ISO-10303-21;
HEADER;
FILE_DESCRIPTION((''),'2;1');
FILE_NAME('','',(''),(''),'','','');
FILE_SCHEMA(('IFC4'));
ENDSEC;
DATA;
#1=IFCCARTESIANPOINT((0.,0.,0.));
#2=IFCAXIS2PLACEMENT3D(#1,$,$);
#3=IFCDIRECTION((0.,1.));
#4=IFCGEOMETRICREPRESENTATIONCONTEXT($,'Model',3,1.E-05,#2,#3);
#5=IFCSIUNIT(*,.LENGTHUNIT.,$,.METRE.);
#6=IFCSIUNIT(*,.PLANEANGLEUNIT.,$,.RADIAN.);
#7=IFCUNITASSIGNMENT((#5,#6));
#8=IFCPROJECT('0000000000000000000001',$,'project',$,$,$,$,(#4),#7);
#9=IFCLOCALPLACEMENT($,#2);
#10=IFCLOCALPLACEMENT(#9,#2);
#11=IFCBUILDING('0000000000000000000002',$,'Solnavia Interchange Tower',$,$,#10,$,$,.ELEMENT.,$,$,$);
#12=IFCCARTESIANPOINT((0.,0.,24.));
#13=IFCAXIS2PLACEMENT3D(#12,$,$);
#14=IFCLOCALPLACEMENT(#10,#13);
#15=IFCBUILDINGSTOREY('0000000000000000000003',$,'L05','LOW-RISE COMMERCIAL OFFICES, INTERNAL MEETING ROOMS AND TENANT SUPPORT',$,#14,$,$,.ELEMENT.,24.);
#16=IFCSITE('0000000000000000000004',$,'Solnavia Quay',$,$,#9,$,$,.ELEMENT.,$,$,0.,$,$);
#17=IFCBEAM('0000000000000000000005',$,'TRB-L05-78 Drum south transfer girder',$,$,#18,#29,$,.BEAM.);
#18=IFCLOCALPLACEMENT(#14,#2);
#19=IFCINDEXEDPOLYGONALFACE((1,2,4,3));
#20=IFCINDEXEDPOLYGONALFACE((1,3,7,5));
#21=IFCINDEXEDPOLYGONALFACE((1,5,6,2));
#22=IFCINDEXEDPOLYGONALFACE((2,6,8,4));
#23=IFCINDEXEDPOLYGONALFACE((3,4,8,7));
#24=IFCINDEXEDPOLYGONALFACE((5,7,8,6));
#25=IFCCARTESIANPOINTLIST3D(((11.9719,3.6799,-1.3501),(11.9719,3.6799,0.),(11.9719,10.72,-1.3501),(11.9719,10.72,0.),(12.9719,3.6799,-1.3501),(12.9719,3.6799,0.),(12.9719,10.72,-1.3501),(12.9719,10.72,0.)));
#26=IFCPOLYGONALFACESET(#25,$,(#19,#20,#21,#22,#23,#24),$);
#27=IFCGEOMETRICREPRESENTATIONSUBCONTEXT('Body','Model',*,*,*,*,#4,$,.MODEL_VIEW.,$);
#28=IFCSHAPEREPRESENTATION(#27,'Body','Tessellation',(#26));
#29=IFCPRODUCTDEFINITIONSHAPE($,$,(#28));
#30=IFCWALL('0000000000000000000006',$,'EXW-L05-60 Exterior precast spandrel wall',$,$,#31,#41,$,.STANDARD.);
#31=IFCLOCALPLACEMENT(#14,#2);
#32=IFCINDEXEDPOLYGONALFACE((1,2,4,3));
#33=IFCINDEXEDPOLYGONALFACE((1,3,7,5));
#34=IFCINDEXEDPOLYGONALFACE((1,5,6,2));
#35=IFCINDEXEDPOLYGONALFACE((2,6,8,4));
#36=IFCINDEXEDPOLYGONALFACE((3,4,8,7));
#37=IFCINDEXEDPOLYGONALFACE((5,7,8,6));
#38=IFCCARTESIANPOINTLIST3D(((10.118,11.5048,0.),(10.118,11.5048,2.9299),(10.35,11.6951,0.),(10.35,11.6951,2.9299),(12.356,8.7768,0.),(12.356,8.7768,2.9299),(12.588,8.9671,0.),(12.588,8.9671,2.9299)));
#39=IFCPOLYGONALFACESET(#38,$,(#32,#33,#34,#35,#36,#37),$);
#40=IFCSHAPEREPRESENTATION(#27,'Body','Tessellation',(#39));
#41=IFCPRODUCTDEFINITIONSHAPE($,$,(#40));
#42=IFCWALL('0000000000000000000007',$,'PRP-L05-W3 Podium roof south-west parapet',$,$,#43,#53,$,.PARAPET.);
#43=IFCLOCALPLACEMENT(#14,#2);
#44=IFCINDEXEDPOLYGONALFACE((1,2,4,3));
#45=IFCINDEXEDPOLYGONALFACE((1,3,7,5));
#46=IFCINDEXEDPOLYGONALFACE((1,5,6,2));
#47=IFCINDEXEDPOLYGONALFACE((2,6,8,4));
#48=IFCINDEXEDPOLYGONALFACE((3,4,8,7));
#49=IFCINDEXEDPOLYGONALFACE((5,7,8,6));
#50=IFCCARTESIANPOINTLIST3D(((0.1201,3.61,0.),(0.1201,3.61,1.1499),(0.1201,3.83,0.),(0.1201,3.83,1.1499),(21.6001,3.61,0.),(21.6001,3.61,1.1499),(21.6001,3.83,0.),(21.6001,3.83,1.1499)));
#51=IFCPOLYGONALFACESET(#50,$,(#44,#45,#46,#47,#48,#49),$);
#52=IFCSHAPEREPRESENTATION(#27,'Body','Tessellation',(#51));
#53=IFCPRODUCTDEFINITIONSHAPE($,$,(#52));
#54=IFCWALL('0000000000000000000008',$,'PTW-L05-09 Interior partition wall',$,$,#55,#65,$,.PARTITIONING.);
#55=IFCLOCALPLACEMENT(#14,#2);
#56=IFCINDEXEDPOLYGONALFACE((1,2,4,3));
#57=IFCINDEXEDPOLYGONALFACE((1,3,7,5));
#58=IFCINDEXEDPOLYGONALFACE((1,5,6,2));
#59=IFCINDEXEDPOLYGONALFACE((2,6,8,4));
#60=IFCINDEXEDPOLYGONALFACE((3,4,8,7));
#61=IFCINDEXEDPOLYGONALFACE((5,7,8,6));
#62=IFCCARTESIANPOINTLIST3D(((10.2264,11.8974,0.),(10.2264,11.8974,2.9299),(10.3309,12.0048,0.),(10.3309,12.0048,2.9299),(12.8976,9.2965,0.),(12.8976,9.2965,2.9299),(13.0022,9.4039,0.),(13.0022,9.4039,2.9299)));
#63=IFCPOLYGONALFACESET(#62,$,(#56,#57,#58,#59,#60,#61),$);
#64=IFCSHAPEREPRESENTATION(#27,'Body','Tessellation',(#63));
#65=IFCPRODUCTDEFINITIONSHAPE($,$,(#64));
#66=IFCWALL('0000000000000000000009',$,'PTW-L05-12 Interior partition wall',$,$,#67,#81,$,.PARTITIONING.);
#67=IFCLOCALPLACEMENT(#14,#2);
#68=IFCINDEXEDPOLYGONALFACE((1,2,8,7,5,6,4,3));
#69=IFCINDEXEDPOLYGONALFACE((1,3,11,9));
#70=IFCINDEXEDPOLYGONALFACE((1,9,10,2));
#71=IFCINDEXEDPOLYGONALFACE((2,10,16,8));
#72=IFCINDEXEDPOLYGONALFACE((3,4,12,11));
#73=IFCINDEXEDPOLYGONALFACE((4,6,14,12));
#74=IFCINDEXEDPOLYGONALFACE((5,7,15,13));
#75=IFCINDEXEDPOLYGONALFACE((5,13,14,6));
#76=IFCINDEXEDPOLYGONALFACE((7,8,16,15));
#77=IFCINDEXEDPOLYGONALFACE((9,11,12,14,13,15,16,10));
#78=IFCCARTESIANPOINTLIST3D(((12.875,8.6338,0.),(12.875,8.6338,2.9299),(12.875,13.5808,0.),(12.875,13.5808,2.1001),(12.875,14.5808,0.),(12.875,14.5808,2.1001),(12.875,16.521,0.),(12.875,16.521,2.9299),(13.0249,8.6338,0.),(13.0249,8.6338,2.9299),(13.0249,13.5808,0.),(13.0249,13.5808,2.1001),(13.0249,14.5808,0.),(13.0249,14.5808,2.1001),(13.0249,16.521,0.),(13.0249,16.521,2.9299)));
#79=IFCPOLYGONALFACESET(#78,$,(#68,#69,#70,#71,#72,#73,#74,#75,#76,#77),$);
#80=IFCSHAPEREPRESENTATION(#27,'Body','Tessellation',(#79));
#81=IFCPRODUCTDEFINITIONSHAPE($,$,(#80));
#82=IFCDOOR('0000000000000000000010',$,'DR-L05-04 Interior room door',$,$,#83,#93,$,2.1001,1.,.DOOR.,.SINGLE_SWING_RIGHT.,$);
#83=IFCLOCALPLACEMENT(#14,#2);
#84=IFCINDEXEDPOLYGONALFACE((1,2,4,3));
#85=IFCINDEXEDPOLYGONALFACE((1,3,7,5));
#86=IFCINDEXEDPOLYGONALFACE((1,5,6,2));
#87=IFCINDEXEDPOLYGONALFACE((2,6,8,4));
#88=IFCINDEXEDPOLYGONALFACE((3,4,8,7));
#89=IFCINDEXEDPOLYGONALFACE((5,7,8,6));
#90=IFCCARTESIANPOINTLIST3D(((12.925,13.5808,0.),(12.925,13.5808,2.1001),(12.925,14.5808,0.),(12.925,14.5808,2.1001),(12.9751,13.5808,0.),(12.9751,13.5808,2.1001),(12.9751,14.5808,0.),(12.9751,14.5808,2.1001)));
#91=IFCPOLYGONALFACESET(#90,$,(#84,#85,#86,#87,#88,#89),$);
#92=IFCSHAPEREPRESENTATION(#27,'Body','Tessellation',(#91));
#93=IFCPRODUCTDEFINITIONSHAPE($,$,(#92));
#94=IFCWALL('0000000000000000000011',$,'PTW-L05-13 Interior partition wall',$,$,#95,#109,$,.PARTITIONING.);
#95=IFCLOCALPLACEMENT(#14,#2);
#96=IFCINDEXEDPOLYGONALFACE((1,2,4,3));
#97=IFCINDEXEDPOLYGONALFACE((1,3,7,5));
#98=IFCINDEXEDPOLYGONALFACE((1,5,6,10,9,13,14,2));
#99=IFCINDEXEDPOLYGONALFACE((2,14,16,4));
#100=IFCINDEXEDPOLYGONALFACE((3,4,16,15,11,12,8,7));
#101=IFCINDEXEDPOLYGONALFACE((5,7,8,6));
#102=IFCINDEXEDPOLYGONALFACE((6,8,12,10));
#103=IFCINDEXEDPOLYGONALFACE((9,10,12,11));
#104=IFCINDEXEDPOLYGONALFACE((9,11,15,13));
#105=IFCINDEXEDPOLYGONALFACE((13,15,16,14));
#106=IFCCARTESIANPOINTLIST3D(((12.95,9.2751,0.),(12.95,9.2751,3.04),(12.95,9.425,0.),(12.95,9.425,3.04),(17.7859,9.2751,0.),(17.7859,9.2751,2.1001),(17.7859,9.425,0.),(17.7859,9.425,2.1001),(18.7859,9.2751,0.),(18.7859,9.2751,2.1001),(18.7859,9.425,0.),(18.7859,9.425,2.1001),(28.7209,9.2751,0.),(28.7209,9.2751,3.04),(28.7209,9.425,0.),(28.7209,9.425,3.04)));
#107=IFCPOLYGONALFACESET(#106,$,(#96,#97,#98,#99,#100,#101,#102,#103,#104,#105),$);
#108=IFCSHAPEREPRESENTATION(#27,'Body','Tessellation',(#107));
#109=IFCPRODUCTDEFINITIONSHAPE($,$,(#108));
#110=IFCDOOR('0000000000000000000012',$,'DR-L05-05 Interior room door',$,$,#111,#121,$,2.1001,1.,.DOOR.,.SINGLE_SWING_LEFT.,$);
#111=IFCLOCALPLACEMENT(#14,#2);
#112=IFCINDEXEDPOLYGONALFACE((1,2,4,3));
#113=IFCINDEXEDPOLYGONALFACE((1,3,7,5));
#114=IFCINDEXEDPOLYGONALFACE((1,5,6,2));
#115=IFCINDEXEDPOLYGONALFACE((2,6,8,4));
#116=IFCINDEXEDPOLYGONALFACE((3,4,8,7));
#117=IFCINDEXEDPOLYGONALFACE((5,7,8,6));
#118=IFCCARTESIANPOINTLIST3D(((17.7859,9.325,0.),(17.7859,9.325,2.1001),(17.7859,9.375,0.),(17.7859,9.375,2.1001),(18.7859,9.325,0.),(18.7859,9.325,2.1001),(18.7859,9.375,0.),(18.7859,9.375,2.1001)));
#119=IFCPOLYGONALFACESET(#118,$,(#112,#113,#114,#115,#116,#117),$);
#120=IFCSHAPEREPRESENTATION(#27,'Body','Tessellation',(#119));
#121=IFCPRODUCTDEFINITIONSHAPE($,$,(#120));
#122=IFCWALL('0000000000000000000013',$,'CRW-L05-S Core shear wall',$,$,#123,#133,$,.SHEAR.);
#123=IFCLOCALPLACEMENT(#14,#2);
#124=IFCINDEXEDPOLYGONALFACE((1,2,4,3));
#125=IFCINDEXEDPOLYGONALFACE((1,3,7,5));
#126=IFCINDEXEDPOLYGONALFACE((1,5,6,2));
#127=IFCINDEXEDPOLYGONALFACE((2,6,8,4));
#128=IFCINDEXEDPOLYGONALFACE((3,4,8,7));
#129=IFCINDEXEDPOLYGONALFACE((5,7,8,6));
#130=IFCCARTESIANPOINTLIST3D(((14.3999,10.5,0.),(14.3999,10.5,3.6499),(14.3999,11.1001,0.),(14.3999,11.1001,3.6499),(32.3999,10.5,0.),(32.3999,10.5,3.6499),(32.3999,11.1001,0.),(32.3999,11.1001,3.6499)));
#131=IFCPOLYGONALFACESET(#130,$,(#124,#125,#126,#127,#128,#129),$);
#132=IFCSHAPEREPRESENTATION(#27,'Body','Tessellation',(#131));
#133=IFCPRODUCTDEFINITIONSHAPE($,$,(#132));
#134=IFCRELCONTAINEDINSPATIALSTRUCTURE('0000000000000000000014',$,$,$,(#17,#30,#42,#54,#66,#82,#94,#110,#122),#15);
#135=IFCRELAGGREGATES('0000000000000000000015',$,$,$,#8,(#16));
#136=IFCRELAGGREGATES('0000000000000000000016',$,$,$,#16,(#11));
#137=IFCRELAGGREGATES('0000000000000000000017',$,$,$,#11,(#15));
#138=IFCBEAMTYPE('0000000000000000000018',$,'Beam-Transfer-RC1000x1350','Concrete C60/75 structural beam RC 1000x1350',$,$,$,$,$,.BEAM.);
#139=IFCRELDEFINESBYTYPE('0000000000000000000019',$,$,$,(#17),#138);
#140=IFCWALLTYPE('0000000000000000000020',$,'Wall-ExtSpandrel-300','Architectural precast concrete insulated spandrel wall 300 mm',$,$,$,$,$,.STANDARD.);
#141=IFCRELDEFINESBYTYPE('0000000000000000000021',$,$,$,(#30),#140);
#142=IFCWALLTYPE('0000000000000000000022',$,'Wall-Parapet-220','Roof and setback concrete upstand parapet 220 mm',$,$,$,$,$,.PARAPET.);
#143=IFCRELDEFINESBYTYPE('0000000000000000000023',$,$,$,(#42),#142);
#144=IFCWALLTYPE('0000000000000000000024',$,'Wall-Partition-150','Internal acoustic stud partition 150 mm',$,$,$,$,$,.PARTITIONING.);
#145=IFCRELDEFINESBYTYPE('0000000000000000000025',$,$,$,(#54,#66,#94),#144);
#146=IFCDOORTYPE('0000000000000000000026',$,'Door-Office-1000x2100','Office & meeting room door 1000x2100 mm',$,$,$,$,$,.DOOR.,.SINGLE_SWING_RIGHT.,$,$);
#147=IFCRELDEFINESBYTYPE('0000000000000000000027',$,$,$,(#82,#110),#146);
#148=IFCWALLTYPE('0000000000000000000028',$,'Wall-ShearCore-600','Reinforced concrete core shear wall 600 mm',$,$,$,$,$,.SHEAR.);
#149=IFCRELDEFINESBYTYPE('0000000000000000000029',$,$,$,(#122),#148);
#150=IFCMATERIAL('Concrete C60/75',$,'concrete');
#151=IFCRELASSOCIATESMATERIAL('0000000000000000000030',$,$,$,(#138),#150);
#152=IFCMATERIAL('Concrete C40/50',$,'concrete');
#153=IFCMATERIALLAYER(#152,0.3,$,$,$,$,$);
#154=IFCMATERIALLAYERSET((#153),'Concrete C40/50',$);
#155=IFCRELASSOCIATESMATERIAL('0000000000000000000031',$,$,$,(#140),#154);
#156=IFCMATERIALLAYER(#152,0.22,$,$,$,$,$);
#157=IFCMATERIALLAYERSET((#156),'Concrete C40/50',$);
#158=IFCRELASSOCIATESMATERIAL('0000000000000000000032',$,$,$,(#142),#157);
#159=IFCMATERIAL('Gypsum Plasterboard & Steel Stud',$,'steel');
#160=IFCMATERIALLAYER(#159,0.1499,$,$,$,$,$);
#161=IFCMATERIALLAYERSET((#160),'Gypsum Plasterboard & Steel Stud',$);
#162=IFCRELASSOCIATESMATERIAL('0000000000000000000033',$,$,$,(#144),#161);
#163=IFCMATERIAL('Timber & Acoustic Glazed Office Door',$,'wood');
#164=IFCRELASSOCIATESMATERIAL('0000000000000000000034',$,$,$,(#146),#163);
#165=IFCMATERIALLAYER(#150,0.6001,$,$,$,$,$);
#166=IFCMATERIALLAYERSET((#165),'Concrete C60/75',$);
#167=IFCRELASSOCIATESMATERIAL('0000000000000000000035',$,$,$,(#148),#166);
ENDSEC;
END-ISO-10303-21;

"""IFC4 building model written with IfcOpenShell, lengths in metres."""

from ifc_helpers import new_model, si_unit, direction, frame, frame_2d, origin, origin_2d, place, context, subcontext, project, spatial, rectangle, extrude, material, layer, layer_set, material_profile, profile_set, type_object, element, fill, save


model = new_model("IFC4")

# Units and contexts
model_context = context("Model", 3, precision=1e-05, world=origin(), true_north=direction((0.0, 1.0)))
body_context = subcontext(model_context, "Body", "Model", "MODEL_VIEW")
ifc_project = project(units=[si_unit("LENGTHUNIT", "METRE"), si_unit("PLANEANGLEUNIT", "RADIAN")], contexts=[model_context])

# Site, building, storey
site_placement = place(None, origin())
site = spatial("IfcSite", under=ifc_project, at=site_placement, Name="Solnavia Quay", CompositionType="ELEMENT", RefElevation=0.0)
building_placement = place(site_placement, origin())
building = spatial("IfcBuilding", under=site, at=building_placement, Name="Solnavia Interchange Tower", CompositionType="ELEMENT")
storey_placement = place(building_placement, frame((0.0, 0.0, 24.0)))
storey = spatial("IfcBuildingStorey", under=building, at=storey_placement, Name="L05", Description="LOW-RISE COMMERCIAL OFFICES, INTERNAL MEETING ROOMS AND TENANT SUPPORT", CompositionType="ELEMENT", Elevation=24.0)

# Shared definitions
ifc_material_1 = material(Name="Concrete C60/75", Category="concrete")

# Beam
ifc_material_profile_1 = material_profile(ifc_material_1, rectangle(XDim=1.0, YDim=1.3501, at=origin_2d()), Name="RC 1000x1350")
ifc_profile_set_1 = profile_set([ifc_material_profile_1], Name="Concrete C60/75")
beam_type_1 = type_object("IfcBeamType", Name="Beam-Transfer-RC1000x1350", Description="Concrete C60/75 structural beam RC 1000x1350", PredefinedType="BEAM", material=ifc_profile_set_1)
for number, where, z_axis, x_axis, name in (
    (1, (12.4719, 3.6799, -0.675), (0.0, 1.0, 0.0), (-1.0, 0.0, 0.0), "TRB-L05-78 Drum south transfer girder"),
):
    element("IfcBeam", number, at=place(storey_placement, frame(where, z_axis=z_axis, x_axis=x_axis)), inside=storey, type_object=beam_type_1, Name=name, PredefinedType="BEAM", context=body_context, shape_type="SweptSolid", body=[
        extrude(rectangle(XDim=1.0, YDim=1.3501, at=origin_2d()), origin(), (0.0, 0.0, 1.0), 7.04),
    ])

# Walls
ifc_material_2 = material(Name="Concrete C40/50", Category="concrete")
ifc_layer_1 = layer(ifc_material_2, 0.3)
ifc_layer_set_1 = layer_set([ifc_layer_1], Name="Concrete C40/50")
wall_type_1 = type_object("IfcWallType", Name="Wall-ExtSpandrel-300", Description="Architectural precast concrete insulated spandrel wall 300 mm", PredefinedType="STANDARD", material=ifc_layer_set_1)
wall_1_placement = place(storey_placement, frame((12.4719, 8.8721, 0.0), z_axis=(0.0, 0.0, 1.0), x_axis=(-0.634258, 0.773121, 0.0)))
element("IfcWall", 2, at=wall_1_placement, inside=storey, type_object=wall_type_1, Name="EXW-L05-60 Exterior precast spandrel wall", PredefinedType="STANDARD", context=body_context, shape_type="SweptSolid", body=[
    extrude(rectangle(XDim=3.5286, YDim=0.3, at=frame_2d((1.7642, 0.0))), origin(), (0.0, 0.0, 1.0), 2.9299),
])
ifc_layer_2 = layer(ifc_material_2, 0.22)
ifc_layer_set_2 = layer_set([ifc_layer_2], Name="Concrete C40/50")
wall_type_2 = type_object("IfcWallType", Name="Wall-Parapet-220", Description="Roof and setback concrete upstand parapet 220 mm", PredefinedType="PARAPET", material=ifc_layer_set_2)
wall_2_placement = place(storey_placement, frame((0.1201, 3.72, 0.0), z_axis=(0.0, 0.0, 1.0), x_axis=(1.0, 0.0, 0.0)))
element("IfcWall", 3, at=wall_2_placement, inside=storey, type_object=wall_type_2, Name="PRP-L05-W3 Podium roof south-west parapet", PredefinedType="PARAPET", context=body_context, shape_type="SweptSolid", body=[
    extrude(rectangle(XDim=21.48, YDim=0.22, at=frame_2d((10.74, 0.0))), origin(), (0.0, 0.0, 1.0), 1.1499),
])
ifc_material_3 = material(Name="Gypsum Plasterboard & Steel Stud", Category="steel")
ifc_layer_3 = layer(ifc_material_3, 0.1499)
ifc_layer_set_3 = layer_set([ifc_layer_3], Name="Gypsum Plasterboard & Steel Stud")
wall_type_3 = type_object("IfcWallType", Name="Wall-Partition-150", Description="Internal acoustic stud partition 150 mm", PredefinedType="PARTITIONING", material=ifc_layer_set_3)
wall_3_placement = place(storey_placement, frame((12.95, 9.3501, 0.0), z_axis=(0.0, 0.0, 1.0), x_axis=(-0.716474, 0.697614, 0.0)))
element("IfcWall", 4, at=wall_3_placement, inside=storey, type_object=wall_type_3, Name="PTW-L05-09 Interior partition wall", PredefinedType="PARTITIONING", context=body_context, shape_type="SweptSolid", body=[
    extrude(rectangle(XDim=3.7283, YDim=0.1499, at=frame_2d((1.8643, 0.0))), origin(), (0.0, 0.0, 1.0), 2.9299),
])

# Walls, openings, doors
wall_4_placement = place(storey_placement, frame((12.95, 8.6338, 0.0), z_axis=(0.0, 0.0, 1.0), x_axis=(0.0, 1.0, 0.0)))
wall_4 = element("IfcWall", 5, at=wall_4_placement, inside=storey, type_object=wall_type_3, Name="PTW-L05-12 Interior partition wall", PredefinedType="PARTITIONING", context=body_context, shape_type="SweptSolid", body=[
    extrude(rectangle(XDim=7.8872, YDim=0.1499, at=frame_2d((3.9436, 0.0))), origin(), (0.0, 0.0, 1.0), 2.9299),
])
opening_1_placement = place(wall_4_placement, frame((4.947, 0.0, 0.0)))
opening_1 = element("IfcOpeningElement", 6, at=opening_1_placement, cuts=wall_4, PredefinedType="OPENING", context=body_context, shape_type="SweptSolid", body=[
    extrude(rectangle(XDim=1.0, YDim=2.1001, at=frame_2d((0.5, 1.05))), frame((0.0, 0.085, 0.0), z_axis=(0.0, -1.0, 0.0), x_axis=(1.0, 0.0, 0.0)), (0.0, 0.0, 1.0), 0.1699),
])
ifc_material_4 = material(Name="Timber & Acoustic Glazed Office Door", Category="wood")
door_type_1 = type_object("IfcDoorType", Name="Door-Office-1000x2100", Description="Office & meeting room door 1000x2100 mm", OperationType="SINGLE_SWING_RIGHT", PredefinedType="DOOR", material=ifc_material_4)
door_1_placement = place(opening_1_placement, origin())
door_1 = element("IfcDoor", 7, at=door_1_placement, inside=storey, type_object=door_type_1, Name="DR-L05-04 Interior room door", OperationType="SINGLE_SWING_RIGHT", OverallHeight=2.1001, OverallWidth=1.0, PredefinedType="DOOR", context=body_context, shape_type="SweptSolid", body=[
    extrude(rectangle(XDim=1.0, YDim=2.1001, at=frame_2d((0.5, 1.05))), frame((0.0, 0.0249, 0.0), z_axis=(0.0, -1.0, 0.0), x_axis=(1.0, 0.0, 0.0)), (0.0, 0.0, 1.0), 0.05),
])
fill(opening_1, door_1)
wall_5_placement = place(storey_placement, frame((12.95, 9.3501, 0.0), z_axis=(0.0, 0.0, 1.0), x_axis=(1.0, 0.0, 0.0)))
wall_5 = element("IfcWall", 8, at=wall_5_placement, inside=storey, type_object=wall_type_3, Name="PTW-L05-13 Interior partition wall", PredefinedType="PARTITIONING", context=body_context, shape_type="SweptSolid", body=[
    extrude(rectangle(XDim=15.771, YDim=0.1499, at=frame_2d((7.8855, 0.0))), origin(), (0.0, 0.0, 1.0), 3.04),
])
opening_2_placement = place(wall_5_placement, frame((4.8359, 0.0, 0.0)))
opening_2 = element("IfcOpeningElement", 9, at=opening_2_placement, cuts=wall_5, PredefinedType="OPENING", context=body_context, shape_type="SweptSolid", body=[
    extrude(rectangle(XDim=1.0, YDim=2.1001, at=frame_2d((0.5, 1.05))), frame((0.0, 0.085, 0.0), z_axis=(0.0, -1.0, 0.0), x_axis=(1.0, 0.0, 0.0)), (0.0, 0.0, 1.0), 0.1699),
])
door_2_placement = place(opening_2_placement, origin())
door_2 = element("IfcDoor", 10, at=door_2_placement, inside=storey, type_object=door_type_1, Name="DR-L05-05 Interior room door", OperationType="SINGLE_SWING_LEFT", OverallHeight=2.1001, OverallWidth=1.0, PredefinedType="DOOR", context=body_context, shape_type="SweptSolid", body=[
    extrude(rectangle(XDim=1.0, YDim=2.1001, at=frame_2d((0.5, 1.05))), frame((0.0, 0.0249, 0.0), z_axis=(0.0, -1.0, 0.0), x_axis=(1.0, 0.0, 0.0)), (0.0, 0.0, 1.0), 0.05),
])
fill(opening_2, door_2)

# Wall
ifc_layer_4 = layer(ifc_material_1, 0.6001)
ifc_layer_set_4 = layer_set([ifc_layer_4], Name="Concrete C60/75")
wall_type_4 = type_object("IfcWallType", Name="Wall-ShearCore-600", Description="Reinforced concrete core shear wall 600 mm", PredefinedType="SHEAR", material=ifc_layer_set_4)
wall_6_placement = place(storey_placement, frame((14.3999, 10.8, 0.0), z_axis=(0.0, 0.0, 1.0), x_axis=(1.0, 0.0, 0.0)))
element("IfcWall", 11, at=wall_6_placement, inside=storey, type_object=wall_type_4, Name="CRW-L05-S Core shear wall", PredefinedType="SHEAR", context=body_context, shape_type="SweptSolid", body=[
    extrude(rectangle(XDim=18.0, YDim=0.6001, at=frame_2d((9.0, 0.0))), origin(), (0.0, 0.0, 1.0), 3.6499),
])

save(model, "model.ifc")
